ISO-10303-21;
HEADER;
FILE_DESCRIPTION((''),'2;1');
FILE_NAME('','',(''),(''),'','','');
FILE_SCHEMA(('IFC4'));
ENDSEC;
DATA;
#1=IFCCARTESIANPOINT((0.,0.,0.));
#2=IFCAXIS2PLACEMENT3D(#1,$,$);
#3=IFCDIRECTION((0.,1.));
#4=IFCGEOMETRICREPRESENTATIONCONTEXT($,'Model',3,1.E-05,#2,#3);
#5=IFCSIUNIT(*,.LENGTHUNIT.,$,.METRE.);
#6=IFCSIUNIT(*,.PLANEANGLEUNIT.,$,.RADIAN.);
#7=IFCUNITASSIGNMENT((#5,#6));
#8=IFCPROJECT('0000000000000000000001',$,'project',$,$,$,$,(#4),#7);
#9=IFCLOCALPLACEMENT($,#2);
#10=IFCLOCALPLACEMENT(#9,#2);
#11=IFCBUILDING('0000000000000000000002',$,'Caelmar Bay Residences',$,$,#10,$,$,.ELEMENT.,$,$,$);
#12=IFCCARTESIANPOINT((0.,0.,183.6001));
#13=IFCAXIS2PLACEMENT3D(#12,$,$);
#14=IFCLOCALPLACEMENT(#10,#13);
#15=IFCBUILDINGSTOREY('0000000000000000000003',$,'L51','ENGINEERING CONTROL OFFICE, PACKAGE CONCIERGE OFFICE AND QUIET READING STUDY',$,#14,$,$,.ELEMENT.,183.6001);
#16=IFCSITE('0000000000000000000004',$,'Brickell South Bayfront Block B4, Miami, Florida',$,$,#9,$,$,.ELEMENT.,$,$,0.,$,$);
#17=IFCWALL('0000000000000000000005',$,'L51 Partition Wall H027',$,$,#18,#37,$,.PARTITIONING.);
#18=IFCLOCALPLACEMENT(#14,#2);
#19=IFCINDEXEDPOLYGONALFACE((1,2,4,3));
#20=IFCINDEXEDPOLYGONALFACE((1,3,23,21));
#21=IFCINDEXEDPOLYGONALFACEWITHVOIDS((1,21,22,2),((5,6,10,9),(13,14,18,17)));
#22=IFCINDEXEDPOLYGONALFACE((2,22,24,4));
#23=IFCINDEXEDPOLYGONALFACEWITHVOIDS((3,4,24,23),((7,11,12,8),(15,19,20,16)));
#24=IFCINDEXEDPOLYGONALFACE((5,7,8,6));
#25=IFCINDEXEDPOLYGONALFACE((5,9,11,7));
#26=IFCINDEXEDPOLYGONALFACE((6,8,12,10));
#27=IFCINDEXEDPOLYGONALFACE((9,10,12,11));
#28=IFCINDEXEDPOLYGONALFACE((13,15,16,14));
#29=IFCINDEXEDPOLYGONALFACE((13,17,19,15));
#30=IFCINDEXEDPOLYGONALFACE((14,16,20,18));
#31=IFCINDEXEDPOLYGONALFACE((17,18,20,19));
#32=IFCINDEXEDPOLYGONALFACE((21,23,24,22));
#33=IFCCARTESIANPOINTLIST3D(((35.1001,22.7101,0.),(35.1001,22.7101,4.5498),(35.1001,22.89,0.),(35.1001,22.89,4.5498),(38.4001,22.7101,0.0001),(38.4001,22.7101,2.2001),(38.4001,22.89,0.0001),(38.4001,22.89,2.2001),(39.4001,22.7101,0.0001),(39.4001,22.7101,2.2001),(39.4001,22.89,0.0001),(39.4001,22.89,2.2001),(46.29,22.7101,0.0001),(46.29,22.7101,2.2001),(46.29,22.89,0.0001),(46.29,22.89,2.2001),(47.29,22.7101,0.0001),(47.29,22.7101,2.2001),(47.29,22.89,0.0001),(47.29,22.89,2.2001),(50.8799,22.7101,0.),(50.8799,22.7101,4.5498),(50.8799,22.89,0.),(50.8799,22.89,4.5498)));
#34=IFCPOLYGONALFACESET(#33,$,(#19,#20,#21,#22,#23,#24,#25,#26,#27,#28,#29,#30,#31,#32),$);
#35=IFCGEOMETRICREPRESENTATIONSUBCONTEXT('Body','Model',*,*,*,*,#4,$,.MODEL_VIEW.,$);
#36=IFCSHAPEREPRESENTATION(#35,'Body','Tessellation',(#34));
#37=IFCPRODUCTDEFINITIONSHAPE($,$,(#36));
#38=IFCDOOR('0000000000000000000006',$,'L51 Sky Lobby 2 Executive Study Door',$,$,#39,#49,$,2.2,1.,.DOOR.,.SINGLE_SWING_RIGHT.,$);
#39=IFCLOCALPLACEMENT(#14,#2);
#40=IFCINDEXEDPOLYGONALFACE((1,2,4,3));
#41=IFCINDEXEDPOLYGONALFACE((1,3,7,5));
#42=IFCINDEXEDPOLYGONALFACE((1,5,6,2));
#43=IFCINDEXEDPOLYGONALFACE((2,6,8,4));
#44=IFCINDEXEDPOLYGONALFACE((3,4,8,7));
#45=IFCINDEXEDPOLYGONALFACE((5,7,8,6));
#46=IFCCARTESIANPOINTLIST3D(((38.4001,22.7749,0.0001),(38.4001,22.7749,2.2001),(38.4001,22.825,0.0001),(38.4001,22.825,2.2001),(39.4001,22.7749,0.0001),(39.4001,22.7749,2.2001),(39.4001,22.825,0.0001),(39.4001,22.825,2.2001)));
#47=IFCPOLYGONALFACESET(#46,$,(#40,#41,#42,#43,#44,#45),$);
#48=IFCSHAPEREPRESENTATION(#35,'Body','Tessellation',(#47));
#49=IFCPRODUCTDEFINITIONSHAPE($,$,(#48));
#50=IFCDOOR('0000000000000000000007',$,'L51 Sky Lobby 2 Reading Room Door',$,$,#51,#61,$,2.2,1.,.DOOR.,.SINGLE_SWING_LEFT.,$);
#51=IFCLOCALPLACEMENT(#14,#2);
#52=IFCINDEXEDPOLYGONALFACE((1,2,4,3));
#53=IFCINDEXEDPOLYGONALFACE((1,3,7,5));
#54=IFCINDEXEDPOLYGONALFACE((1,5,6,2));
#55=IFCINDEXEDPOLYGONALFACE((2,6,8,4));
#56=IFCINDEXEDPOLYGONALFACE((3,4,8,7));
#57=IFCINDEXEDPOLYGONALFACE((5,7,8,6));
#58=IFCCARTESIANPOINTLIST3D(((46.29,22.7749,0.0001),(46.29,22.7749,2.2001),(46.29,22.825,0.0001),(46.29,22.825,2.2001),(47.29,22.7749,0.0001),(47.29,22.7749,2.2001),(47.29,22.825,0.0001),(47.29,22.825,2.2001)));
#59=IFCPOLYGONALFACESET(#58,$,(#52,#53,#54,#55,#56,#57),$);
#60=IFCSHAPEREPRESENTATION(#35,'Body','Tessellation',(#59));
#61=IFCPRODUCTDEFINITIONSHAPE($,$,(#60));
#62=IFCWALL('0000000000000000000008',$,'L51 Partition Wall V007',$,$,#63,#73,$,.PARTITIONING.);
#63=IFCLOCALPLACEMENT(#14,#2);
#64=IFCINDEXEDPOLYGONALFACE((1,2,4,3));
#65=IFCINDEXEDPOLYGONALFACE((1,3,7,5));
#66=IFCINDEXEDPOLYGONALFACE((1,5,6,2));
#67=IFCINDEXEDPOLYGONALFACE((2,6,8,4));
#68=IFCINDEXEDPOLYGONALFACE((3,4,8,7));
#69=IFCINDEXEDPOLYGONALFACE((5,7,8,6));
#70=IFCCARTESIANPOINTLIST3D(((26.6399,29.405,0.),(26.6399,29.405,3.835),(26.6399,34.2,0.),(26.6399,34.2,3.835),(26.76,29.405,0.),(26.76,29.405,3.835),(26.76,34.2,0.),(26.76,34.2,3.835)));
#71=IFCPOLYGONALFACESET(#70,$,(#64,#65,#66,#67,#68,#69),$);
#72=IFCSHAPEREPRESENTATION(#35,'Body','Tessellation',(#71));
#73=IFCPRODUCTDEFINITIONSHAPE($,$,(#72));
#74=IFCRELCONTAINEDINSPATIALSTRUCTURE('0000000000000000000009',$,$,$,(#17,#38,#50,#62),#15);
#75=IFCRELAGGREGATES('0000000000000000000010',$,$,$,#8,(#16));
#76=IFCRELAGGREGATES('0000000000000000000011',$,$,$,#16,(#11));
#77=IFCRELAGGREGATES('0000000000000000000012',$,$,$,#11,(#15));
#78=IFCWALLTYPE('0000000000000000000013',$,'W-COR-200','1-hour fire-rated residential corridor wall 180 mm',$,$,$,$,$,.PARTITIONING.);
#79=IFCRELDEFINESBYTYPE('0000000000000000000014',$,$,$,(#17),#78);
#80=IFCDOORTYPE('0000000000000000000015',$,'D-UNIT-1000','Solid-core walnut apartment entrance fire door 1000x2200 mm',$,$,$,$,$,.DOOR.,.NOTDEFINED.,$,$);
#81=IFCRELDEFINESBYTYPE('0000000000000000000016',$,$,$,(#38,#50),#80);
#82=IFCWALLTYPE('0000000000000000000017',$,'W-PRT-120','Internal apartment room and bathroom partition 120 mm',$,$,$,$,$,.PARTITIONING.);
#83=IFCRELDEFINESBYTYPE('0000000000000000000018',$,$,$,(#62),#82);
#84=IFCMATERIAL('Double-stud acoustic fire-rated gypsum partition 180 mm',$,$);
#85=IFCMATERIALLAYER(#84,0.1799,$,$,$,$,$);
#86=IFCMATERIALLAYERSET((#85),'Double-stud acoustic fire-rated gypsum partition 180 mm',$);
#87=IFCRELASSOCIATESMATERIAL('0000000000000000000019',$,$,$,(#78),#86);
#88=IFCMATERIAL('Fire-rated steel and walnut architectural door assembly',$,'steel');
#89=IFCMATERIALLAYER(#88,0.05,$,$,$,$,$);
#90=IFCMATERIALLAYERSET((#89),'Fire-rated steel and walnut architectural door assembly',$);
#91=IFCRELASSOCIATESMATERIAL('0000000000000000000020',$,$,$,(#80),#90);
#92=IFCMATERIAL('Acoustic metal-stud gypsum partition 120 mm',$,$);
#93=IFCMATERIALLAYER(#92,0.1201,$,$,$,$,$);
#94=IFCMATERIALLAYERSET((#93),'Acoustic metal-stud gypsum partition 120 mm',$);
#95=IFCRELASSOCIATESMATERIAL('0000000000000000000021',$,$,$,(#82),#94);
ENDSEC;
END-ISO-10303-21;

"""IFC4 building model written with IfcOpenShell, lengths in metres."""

from ifc_helpers import new_model, si_unit, direction, frame, frame_2d, origin, place, context, subcontext, project, spatial, rectangle, extrude, material, layer, layer_set, type_object, element, fill, save


model = new_model("IFC4")

# Units and contexts
model_context = context("Model", 3, precision=1e-05, world=origin(), true_north=direction((0.0, 1.0)))
body_context = subcontext(model_context, "Body", "Model", "MODEL_VIEW")
ifc_project = project(units=[si_unit("LENGTHUNIT", "METRE"), si_unit("PLANEANGLEUNIT", "RADIAN")], contexts=[model_context])

# Site, building, storey
site_placement = place(None, origin())
site = spatial("IfcSite", under=ifc_project, at=site_placement, Name="Brickell South Bayfront Block B4, Miami, Florida", CompositionType="ELEMENT", RefElevation=0.0)
building_placement = place(site_placement, origin())
building = spatial("IfcBuilding", under=site, at=building_placement, Name="Caelmar Bay Residences", CompositionType="ELEMENT")
storey_placement = place(building_placement, frame((0.0, 0.0, 183.6001)))
storey = spatial("IfcBuildingStorey", under=building, at=storey_placement, Name="L51", Description="ENGINEERING CONTROL OFFICE, PACKAGE CONCIERGE OFFICE AND QUIET READING STUDY", CompositionType="ELEMENT", Elevation=183.6001)

# Wall, openings, doors
ifc_material_1 = material(Name="Double-stud acoustic fire-rated gypsum partition 180 mm")
ifc_layer_1 = layer(ifc_material_1, 0.1799)
ifc_layer_set_1 = layer_set([ifc_layer_1], Name="Double-stud acoustic fire-rated gypsum partition 180 mm")
wall_type_1 = type_object("IfcWallType", Name="W-COR-200", Description="1-hour fire-rated residential corridor wall 180 mm", PredefinedType="PARTITIONING", material=ifc_layer_set_1)
wall_1_placement = place(storey_placement, frame((35.1001, 22.8, 0.0), z_axis=(0.0, 0.0, 1.0), x_axis=(1.0, 0.0, 0.0)))
wall_1 = element("IfcWall", 1, at=wall_1_placement, inside=storey, type_object=wall_type_1, Name="L51 Partition Wall H027", PredefinedType="PARTITIONING", context=body_context, shape_type="SweptSolid", body=[
    extrude(rectangle(XDim=15.7798, YDim=0.1799, at=frame_2d((7.8899, 0.0))), origin(), (0.0, 0.0, 1.0), 4.5498),
])
opening_1_placement = place(wall_1_placement, frame((3.3, 0.0, 0.0)))
opening_1 = element("IfcOpeningElement", 2, at=opening_1_placement, cuts=wall_1, PredefinedType="OPENING", context=body_context, shape_type="SweptSolid", body=[
    extrude(rectangle(XDim=1.0, YDim=2.2, at=frame_2d((0.5, 1.1001))), frame((0.0, 0.0999, 0.0), z_axis=(0.0, -1.0, 0.0), x_axis=(1.0, 0.0, 0.0)), (0.0, 0.0, 1.0), 0.2),
])
opening_2_placement = place(wall_1_placement, frame((11.1899, 0.0, 0.0)))
opening_2 = element("IfcOpeningElement", 3, at=opening_2_placement, cuts=wall_1, PredefinedType="OPENING", context=body_context, shape_type="SweptSolid", body=[
    extrude(rectangle(XDim=1.0, YDim=2.2, at=frame_2d((0.5, 1.1001))), frame((0.0, 0.0999, 0.0), z_axis=(0.0, -1.0, 0.0), x_axis=(1.0, 0.0, 0.0)), (0.0, 0.0, 1.0), 0.2),
])
ifc_material_2 = material(Name="Fire-rated steel and walnut architectural door assembly", Category="steel")
ifc_layer_2 = layer(ifc_material_2, 0.05)
ifc_layer_set_2 = layer_set([ifc_layer_2], Name="Fire-rated steel and walnut architectural door assembly")
door_type = type_object("IfcDoorType", Name="D-UNIT-1000", Description="Solid-core walnut apartment entrance fire door 1000x2200 mm", OperationType="NOTDEFINED", PredefinedType="DOOR", material=ifc_layer_set_2)
door_1_placement = place(opening_1_placement, origin())
door_1 = element("IfcDoor", 4, at=door_1_placement, inside=storey, type_object=door_type, Name="L51 Sky Lobby 2 Executive Study Door", OperationType="SINGLE_SWING_RIGHT", OverallHeight=2.2, OverallWidth=1.0, PredefinedType="DOOR", context=body_context, shape_type="SweptSolid", body=[
    extrude(rectangle(XDim=1.0, YDim=2.2, at=frame_2d((0.5, 1.1001))), frame((0.0, 0.0249, 0.0), z_axis=(0.0, -1.0, 0.0), x_axis=(1.0, 0.0, 0.0)), (0.0, 0.0, 1.0), 0.05),
])
fill(opening_1, door_1)
door_2_placement = place(opening_2_placement, origin())
door_2 = element("IfcDoor", 5, at=door_2_placement, inside=storey, type_object=door_type, Name="L51 Sky Lobby 2 Reading Room Door", OperationType="SINGLE_SWING_LEFT", OverallHeight=2.2, OverallWidth=1.0, PredefinedType="DOOR", context=body_context, shape_type="SweptSolid", body=[
    extrude(rectangle(XDim=1.0, YDim=2.2, at=frame_2d((0.5, 1.1001))), frame((0.0, 0.0249, 0.0), z_axis=(0.0, -1.0, 0.0), x_axis=(1.0, 0.0, 0.0)), (0.0, 0.0, 1.0), 0.05),
])
fill(opening_2, door_2)

# Wall
ifc_material_3 = material(Name="Acoustic metal-stud gypsum partition 120 mm")
ifc_layer_3 = layer(ifc_material_3, 0.1201)
ifc_layer_set_3 = layer_set([ifc_layer_3], Name="Acoustic metal-stud gypsum partition 120 mm")
wall_type_2 = type_object("IfcWallType", Name="W-PRT-120", Description="Internal apartment room and bathroom partition 120 mm", PredefinedType="PARTITIONING", material=ifc_layer_set_3)
wall_2_placement = place(storey_placement, frame((26.7, 29.405, 0.0), z_axis=(0.0, 0.0, 1.0), x_axis=(0.0, 1.0, 0.0)))
element("IfcWall", 6, at=wall_2_placement, inside=storey, type_object=wall_type_2, Name="L51 Partition Wall V007", PredefinedType="PARTITIONING", context=body_context, shape_type="SweptSolid", body=[
    extrude(rectangle(XDim=4.7949, YDim=0.1201, at=frame_2d((2.3975, 0.0))), origin(), (0.0, 0.0, 1.0), 3.835),
])

save(model, "model.ifc")
